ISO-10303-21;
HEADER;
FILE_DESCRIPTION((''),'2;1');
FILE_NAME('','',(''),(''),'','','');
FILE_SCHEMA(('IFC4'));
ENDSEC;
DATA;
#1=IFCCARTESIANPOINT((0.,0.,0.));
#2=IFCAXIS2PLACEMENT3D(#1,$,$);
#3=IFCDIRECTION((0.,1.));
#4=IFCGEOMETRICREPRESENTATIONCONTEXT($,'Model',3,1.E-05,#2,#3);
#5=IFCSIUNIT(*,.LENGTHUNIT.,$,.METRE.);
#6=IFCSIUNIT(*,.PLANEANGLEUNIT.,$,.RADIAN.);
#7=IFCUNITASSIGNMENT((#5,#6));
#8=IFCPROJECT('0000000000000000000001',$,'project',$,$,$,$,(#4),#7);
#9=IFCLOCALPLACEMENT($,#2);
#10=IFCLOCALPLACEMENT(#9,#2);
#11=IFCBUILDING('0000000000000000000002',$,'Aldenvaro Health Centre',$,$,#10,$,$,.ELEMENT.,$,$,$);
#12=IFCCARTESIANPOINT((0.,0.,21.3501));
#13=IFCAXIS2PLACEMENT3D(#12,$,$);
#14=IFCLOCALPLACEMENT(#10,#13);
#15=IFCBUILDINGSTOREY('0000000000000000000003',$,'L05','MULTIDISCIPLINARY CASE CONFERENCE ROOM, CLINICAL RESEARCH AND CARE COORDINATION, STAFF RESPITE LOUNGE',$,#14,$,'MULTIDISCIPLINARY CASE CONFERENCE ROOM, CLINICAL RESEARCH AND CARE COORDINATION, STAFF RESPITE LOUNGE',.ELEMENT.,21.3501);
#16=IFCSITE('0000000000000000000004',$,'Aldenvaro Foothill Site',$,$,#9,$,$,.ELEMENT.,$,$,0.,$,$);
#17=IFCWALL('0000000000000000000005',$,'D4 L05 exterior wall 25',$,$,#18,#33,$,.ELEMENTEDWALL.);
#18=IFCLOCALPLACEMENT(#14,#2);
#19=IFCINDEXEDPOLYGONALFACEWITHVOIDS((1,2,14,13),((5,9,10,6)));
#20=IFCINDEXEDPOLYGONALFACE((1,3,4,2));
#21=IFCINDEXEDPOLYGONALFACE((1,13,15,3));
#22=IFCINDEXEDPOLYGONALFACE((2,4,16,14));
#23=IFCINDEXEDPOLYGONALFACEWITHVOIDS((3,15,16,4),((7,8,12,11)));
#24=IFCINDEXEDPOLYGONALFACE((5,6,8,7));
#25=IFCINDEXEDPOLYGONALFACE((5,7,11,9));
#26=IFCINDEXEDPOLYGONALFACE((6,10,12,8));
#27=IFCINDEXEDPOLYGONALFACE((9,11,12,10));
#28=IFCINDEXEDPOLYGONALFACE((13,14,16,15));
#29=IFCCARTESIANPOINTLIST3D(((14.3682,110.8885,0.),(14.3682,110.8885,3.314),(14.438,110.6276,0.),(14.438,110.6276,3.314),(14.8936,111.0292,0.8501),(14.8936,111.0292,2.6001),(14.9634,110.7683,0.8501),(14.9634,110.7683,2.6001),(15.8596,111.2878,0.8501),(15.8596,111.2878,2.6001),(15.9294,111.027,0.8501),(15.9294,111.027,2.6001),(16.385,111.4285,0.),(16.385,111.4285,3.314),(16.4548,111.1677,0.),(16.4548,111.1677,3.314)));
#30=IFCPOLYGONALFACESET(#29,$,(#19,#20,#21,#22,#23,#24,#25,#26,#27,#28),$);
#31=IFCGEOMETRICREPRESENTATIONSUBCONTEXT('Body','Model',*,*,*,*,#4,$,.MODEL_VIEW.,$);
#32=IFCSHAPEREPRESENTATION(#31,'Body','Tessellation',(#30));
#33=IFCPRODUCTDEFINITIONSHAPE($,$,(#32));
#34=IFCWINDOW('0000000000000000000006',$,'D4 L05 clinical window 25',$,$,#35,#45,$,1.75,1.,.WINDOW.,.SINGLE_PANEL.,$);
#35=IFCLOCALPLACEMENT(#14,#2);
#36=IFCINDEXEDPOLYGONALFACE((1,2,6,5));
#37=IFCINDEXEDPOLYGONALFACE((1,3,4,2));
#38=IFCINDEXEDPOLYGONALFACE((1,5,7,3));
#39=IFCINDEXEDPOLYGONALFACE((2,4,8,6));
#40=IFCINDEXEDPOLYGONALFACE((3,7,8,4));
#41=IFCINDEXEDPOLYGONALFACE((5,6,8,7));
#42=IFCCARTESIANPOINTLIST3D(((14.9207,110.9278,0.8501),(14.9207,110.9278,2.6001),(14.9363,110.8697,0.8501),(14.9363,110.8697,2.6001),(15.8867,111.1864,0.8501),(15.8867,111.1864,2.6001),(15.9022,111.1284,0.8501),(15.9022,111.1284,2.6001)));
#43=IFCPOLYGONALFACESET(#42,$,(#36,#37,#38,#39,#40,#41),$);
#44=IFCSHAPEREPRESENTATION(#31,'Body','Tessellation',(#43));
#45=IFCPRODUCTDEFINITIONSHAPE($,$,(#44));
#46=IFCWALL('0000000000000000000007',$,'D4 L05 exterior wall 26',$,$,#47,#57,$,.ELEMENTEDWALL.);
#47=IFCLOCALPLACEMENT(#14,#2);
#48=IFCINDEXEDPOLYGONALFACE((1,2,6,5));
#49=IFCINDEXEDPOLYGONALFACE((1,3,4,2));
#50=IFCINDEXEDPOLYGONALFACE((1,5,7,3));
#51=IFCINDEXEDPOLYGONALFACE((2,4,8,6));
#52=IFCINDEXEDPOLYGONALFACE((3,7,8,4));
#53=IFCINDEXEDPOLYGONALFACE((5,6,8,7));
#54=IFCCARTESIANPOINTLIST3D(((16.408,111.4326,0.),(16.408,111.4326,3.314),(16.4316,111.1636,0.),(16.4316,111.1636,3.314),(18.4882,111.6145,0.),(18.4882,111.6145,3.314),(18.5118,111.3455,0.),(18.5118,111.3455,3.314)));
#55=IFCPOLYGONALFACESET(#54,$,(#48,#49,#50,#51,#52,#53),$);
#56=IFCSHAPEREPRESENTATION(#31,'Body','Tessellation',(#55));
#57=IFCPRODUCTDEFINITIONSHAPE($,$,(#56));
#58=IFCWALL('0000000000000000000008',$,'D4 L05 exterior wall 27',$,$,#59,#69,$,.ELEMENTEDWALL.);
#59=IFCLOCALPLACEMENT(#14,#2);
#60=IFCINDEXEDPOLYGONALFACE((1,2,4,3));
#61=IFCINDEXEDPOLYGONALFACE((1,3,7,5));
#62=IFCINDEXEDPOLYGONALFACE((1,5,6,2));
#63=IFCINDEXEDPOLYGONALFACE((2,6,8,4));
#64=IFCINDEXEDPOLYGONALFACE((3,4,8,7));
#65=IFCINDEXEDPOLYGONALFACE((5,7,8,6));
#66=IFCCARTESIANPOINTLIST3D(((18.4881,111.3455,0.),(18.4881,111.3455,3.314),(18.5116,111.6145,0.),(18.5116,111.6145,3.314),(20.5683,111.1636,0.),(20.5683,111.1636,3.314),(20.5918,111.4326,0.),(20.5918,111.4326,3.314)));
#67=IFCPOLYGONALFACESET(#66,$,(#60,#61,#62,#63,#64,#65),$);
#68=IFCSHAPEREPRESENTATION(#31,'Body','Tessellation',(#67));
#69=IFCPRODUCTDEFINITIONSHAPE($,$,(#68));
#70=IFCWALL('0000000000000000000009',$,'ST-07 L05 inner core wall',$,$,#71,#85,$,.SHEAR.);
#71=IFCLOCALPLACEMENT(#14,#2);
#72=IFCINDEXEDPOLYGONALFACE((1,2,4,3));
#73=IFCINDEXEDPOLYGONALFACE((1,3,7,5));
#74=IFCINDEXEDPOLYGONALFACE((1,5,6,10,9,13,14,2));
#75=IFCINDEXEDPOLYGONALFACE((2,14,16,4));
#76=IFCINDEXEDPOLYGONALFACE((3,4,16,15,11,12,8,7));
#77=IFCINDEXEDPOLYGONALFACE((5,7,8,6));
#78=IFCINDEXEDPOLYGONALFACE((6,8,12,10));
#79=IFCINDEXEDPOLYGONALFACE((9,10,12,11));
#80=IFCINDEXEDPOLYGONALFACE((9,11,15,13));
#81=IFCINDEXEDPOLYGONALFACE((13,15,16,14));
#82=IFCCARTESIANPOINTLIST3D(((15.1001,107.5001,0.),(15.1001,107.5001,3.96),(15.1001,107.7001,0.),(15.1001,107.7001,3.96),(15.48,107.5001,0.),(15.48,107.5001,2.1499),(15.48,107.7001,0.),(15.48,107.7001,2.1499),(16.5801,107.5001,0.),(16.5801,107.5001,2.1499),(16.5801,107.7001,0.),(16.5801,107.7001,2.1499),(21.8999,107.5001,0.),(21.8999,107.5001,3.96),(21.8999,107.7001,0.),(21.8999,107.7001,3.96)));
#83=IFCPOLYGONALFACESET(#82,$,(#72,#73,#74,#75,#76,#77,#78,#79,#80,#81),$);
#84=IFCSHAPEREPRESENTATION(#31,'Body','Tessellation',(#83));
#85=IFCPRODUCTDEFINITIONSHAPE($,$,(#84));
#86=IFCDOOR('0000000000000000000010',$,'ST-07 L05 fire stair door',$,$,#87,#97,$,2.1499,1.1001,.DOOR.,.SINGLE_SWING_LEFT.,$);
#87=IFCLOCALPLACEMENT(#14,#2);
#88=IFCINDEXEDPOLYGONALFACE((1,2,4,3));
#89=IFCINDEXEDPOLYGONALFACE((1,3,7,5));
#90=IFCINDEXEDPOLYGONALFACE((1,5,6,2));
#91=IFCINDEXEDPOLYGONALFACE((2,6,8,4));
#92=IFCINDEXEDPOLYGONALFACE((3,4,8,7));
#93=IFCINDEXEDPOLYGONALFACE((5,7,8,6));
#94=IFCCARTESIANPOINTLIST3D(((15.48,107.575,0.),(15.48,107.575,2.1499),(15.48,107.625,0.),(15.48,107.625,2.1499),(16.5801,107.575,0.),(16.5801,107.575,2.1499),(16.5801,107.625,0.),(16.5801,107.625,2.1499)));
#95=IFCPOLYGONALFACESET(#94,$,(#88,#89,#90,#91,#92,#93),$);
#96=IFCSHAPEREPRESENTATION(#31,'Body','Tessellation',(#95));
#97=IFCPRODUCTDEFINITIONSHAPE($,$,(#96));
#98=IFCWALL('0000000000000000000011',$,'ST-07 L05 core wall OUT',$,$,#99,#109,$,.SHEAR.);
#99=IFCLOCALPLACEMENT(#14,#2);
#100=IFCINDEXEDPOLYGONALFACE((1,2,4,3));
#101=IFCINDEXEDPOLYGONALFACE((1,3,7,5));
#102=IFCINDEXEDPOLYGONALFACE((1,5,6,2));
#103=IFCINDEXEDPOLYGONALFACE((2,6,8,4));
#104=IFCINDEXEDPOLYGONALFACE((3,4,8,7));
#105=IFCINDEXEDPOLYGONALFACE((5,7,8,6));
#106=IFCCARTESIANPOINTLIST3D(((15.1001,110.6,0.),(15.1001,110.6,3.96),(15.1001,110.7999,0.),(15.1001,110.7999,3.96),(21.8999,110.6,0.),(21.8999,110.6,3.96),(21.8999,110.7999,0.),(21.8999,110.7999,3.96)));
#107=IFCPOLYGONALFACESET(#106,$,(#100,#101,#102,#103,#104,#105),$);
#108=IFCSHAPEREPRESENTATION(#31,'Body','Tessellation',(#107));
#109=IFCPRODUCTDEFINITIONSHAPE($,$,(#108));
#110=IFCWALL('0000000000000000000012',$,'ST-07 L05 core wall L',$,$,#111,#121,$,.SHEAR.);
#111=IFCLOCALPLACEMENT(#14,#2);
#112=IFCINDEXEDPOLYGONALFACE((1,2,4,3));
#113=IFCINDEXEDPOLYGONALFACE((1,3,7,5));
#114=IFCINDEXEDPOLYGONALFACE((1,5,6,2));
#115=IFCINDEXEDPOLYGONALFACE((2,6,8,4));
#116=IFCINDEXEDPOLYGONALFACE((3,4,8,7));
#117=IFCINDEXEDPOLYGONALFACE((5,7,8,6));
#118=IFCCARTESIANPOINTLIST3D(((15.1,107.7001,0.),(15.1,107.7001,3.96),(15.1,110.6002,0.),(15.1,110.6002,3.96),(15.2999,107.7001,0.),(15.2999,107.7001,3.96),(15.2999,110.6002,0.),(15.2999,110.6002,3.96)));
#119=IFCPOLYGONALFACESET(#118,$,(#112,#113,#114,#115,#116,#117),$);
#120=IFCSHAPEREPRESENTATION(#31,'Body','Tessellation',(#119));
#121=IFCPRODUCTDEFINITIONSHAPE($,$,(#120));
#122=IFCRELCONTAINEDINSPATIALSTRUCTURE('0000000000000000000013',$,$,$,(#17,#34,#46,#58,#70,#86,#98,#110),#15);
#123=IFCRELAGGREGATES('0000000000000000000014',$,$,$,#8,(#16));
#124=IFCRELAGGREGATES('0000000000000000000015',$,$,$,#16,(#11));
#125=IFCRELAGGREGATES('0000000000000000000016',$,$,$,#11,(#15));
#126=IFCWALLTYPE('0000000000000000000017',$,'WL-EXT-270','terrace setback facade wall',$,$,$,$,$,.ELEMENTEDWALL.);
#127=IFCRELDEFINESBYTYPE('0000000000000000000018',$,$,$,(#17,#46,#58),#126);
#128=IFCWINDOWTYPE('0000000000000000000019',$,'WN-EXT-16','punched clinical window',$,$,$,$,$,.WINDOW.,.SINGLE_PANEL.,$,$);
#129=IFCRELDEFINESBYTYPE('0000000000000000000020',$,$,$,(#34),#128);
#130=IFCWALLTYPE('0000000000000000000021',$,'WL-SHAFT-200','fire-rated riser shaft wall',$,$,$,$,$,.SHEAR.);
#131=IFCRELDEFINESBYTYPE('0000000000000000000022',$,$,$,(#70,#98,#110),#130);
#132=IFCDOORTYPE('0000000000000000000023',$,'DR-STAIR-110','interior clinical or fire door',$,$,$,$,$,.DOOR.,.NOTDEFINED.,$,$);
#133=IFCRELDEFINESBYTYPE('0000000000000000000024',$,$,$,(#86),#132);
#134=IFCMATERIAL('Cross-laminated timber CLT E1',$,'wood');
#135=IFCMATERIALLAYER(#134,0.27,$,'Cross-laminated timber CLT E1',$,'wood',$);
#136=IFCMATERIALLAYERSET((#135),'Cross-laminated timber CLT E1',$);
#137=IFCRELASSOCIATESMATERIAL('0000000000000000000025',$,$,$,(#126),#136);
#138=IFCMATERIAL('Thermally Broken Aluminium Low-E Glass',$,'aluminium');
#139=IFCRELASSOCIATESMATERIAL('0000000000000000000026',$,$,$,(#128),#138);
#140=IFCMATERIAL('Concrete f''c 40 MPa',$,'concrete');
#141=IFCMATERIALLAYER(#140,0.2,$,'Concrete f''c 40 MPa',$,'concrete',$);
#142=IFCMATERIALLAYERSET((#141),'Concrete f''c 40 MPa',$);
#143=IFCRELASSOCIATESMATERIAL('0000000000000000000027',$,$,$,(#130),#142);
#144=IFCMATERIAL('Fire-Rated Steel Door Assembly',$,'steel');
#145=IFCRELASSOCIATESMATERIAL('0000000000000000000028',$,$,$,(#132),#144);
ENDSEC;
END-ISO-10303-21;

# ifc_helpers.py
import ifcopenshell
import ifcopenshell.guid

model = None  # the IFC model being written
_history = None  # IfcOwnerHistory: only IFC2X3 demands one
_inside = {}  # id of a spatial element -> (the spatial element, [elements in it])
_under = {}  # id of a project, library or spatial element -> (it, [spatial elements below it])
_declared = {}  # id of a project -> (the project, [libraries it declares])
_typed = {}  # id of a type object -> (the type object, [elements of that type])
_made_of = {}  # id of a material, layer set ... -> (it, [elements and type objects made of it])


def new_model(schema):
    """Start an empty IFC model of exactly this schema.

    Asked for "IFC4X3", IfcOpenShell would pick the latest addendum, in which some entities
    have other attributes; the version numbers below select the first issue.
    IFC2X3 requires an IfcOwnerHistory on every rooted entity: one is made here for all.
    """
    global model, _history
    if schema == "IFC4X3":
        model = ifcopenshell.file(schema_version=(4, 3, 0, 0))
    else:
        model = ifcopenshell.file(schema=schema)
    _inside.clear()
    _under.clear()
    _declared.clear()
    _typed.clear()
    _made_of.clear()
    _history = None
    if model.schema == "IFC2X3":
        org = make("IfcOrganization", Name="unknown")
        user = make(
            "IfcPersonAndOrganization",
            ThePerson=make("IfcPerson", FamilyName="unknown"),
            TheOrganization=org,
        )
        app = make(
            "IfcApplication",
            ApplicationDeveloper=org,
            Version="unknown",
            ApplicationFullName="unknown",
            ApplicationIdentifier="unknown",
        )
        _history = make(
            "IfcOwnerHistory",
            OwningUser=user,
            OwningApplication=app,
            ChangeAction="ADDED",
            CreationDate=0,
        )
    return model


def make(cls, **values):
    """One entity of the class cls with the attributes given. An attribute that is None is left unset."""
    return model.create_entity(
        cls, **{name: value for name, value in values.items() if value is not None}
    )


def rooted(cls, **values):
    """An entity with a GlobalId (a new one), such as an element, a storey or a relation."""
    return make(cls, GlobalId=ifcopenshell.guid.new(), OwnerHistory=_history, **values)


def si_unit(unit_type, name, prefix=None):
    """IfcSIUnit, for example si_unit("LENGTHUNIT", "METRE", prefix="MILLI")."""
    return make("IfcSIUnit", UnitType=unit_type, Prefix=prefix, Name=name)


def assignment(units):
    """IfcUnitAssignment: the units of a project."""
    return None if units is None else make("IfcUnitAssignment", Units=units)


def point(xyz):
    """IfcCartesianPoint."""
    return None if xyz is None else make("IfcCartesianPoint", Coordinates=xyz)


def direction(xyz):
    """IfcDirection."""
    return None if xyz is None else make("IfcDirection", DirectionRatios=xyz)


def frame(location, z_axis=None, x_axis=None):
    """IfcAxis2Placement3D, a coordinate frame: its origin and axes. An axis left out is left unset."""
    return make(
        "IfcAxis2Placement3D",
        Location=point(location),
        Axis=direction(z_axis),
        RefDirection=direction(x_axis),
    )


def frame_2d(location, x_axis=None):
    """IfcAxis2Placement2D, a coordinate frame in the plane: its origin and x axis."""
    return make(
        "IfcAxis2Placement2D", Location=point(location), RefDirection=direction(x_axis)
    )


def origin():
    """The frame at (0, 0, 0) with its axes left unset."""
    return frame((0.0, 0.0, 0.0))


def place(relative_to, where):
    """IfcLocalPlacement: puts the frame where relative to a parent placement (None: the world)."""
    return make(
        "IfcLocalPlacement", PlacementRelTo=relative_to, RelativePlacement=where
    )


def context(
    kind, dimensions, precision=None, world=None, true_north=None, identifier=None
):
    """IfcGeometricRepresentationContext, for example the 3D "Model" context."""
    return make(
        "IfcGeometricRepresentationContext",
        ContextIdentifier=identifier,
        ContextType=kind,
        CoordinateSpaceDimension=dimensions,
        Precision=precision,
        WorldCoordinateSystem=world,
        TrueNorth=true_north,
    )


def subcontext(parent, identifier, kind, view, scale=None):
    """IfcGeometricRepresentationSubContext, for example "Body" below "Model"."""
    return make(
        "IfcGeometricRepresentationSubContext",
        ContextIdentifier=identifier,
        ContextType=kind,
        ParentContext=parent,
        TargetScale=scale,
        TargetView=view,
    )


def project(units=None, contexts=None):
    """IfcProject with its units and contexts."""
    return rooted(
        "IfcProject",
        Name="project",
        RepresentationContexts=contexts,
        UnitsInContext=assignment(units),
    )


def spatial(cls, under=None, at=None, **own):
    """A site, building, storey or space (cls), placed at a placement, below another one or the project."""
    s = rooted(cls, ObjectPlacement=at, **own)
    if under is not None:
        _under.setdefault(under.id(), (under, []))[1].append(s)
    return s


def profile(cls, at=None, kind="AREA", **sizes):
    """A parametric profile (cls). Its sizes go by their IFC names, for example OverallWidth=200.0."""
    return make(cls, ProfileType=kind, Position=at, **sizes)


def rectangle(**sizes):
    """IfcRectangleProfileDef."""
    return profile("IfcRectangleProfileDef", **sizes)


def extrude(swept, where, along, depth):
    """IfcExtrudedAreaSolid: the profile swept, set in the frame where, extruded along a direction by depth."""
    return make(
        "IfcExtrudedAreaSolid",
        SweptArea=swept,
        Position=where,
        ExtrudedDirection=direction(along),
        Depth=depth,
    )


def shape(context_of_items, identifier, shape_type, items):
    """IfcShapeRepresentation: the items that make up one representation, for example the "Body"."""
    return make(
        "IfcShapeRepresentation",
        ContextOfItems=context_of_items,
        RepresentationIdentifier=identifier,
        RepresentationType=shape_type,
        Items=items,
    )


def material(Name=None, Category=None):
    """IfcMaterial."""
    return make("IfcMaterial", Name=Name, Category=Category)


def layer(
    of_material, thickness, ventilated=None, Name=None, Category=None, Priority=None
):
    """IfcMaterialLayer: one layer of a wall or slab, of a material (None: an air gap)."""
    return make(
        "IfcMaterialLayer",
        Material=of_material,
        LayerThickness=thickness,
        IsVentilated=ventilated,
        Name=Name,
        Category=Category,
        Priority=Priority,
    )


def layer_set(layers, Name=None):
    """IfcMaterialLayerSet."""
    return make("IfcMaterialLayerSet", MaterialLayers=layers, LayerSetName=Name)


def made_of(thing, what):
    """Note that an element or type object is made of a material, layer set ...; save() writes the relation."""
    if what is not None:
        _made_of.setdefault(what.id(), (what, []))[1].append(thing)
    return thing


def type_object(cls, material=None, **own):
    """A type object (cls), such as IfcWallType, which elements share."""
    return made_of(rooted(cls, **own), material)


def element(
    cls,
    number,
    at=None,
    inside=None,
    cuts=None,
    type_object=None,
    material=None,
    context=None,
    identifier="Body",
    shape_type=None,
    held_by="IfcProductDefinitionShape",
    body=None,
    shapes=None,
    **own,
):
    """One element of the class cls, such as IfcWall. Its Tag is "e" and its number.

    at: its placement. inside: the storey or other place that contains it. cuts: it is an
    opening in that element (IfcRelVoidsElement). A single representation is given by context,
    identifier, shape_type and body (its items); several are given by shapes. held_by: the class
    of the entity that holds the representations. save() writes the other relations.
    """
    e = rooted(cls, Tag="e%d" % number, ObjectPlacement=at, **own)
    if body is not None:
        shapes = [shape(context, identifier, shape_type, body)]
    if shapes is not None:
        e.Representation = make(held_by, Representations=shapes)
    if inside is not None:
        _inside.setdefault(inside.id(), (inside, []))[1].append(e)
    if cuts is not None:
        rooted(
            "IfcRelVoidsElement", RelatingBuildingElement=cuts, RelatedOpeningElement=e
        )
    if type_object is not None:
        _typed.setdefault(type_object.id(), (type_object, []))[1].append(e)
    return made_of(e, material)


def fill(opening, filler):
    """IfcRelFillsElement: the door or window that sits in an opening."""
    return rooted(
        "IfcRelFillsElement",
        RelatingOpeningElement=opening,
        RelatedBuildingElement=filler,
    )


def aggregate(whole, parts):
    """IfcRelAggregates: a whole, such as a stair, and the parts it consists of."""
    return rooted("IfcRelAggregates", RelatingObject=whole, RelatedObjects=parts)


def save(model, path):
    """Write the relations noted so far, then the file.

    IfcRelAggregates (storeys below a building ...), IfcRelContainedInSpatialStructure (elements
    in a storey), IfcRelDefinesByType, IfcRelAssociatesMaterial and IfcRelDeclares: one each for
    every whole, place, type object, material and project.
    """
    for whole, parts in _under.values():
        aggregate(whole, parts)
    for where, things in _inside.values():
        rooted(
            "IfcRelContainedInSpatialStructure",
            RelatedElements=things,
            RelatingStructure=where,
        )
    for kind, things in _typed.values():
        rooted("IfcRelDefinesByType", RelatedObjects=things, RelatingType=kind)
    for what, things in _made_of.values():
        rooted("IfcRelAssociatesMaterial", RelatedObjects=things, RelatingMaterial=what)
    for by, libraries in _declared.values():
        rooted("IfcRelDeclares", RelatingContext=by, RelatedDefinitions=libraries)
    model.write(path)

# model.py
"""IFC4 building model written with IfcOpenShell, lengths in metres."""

from ifc_helpers import new_model, si_unit, direction, frame, frame_2d, origin, place, context, subcontext, project, spatial, rectangle, extrude, material, layer, layer_set, type_object, element, fill, save


model = new_model("IFC4")

# Units and contexts
model_context = context("Model", 3, precision=1e-05, world=origin(), true_north=direction((0.0, 1.0)))
body_context = subcontext(model_context, "Body", "Model", "MODEL_VIEW")
ifc_project = project(units=[si_unit("LENGTHUNIT", "METRE"), si_unit("PLANEANGLEUNIT", "RADIAN")], contexts=[model_context])

# Site, building, storey
site_placement = place(None, origin())
site = spatial("IfcSite", under=ifc_project, at=site_placement, Name="Aldenvaro Foothill Site", CompositionType="ELEMENT", RefElevation=0.0)
building_placement = place(site_placement, origin())
building = spatial("IfcBuilding", under=site, at=building_placement, Name="Aldenvaro Health Centre", CompositionType="ELEMENT")
storey_placement = place(building_placement, frame((0.0, 0.0, 21.3501)))
storey = spatial("IfcBuildingStorey", under=building, at=storey_placement, Name="L05", Description="MULTIDISCIPLINARY CASE CONFERENCE ROOM, CLINICAL RESEARCH AND CARE COORDINATION, STAFF RESPITE LOUNGE", LongName="MULTIDISCIPLINARY CASE CONFERENCE ROOM, CLINICAL RESEARCH AND CARE COORDINATION, STAFF RESPITE LOUNGE", CompositionType="ELEMENT", Elevation=21.3501)

# Wall, opening, window
ifc_material_1 = material(Name="Cross-laminated timber CLT E1", Category="wood")
ifc_layer_1 = layer(ifc_material_1, 0.27, Name="Cross-laminated timber CLT E1", Category="wood")
ifc_layer_set_1 = layer_set([ifc_layer_1], Name="Cross-laminated timber CLT E1")
wall_type_1 = type_object("IfcWallType", Name="WL-EXT-270", Description="terrace setback facade wall", PredefinedType="ELEMENTEDWALL", material=ifc_layer_set_1)
wall_1_placement = place(storey_placement, frame((14.4031, 110.7581, 0.0), z_axis=(0.0, 0.0, 1.0), x_axis=(0.96597, 0.258652, 0.0)))
wall_1 = element("IfcWall", 1, at=wall_1_placement, inside=storey, type_object=wall_type_1, Name="D4 L05 exterior wall 25", PredefinedType="ELEMENTEDWALL", context=body_context, shape_type="SweptSolid", body=[
    extrude(rectangle(XDim=2.0879, YDim=0.27, at=frame_2d((1.0439, 0.0))), origin(), (0.0, 0.0, 1.0), 3.314),
])
opening_1_placement = place(wall_1_placement, frame((0.5439, 0.0, 0.8501)))
opening_1 = element("IfcOpeningElement", 2, at=opening_1_placement, cuts=wall_1, PredefinedType="OPENING", context=body_context, shape_type="SweptSolid", body=[
    extrude(rectangle(XDim=1.0, YDim=1.75, at=frame_2d((0.5, 0.875))), frame((0.0, 0.145, 0.0), z_axis=(0.0, -1.0, 0.0), x_axis=(1.0, 0.0, 0.0)), (0.0, 0.0, 1.0), 0.29),
])
ifc_material_2 = material(Name="Thermally Broken Aluminium Low-E Glass", Category="aluminium")
window_type = type_object("IfcWindowType", Name="WN-EXT-16", Description="punched clinical window", PartitioningType="SINGLE_PANEL", PredefinedType="WINDOW", material=ifc_material_2)
window_placement = place(opening_1_placement, origin())
window = element("IfcWindow", 3, at=window_placement, inside=storey, type_object=window_type, Name="D4 L05 clinical window 25", OverallHeight=1.75, OverallWidth=1.0, PartitioningType="SINGLE_PANEL", PredefinedType="WINDOW", context=body_context, shape_type="SweptSolid", body=[
    extrude(rectangle(XDim=1.0, YDim=1.75, at=frame_2d((0.5, 0.875))), frame((0.0, 0.03, 0.0), z_axis=(0.0, -1.0, 0.0), x_axis=(1.0, 0.0, 0.0)), (0.0, 0.0, 1.0), 0.0601),
])
fill(opening_1, window)

# Walls
for number, where, z_axis, x_axis, name in (
    (4, (16.4199, 111.2981, 0.0), (0.0, 0.0, 1.0), (0.996199, 0.087109, 0.0), "D4 L05 exterior wall 26"),
    (5, (18.5, 111.48, 0.0), (0.0, 0.0, 1.0), (0.996199, -0.087109, 0.0), "D4 L05 exterior wall 27"),
):
    element("IfcWall", number, at=place(storey_placement, frame(where, z_axis=z_axis, x_axis=x_axis)), inside=storey, type_object=wall_type_1, Name=name, PredefinedType="ELEMENTEDWALL", context=body_context, shape_type="SweptSolid", body=[
        extrude(rectangle(XDim=2.0881, YDim=0.27, at=frame_2d((1.0439, 0.0))), origin(), (0.0, 0.0, 1.0), 3.314),
    ])

# Wall, opening, door
ifc_material_3 = material(Name="Concrete f'c 40 MPa", Category="concrete")
ifc_layer_2 = layer(ifc_material_3, 0.2, Name="Concrete f'c 40 MPa", Category="concrete")
ifc_layer_set_2 = layer_set([ifc_layer_2], Name="Concrete f'c 40 MPa")
wall_type_2 = type_object("IfcWallType", Name="WL-SHAFT-200", Description="fire-rated riser shaft wall", PredefinedType="SHEAR", material=ifc_layer_set_2)
wall_2_placement = place(storey_placement, frame((15.1001, 107.6001, 0.0), z_axis=(0.0, 0.0, 1.0), x_axis=(1.0, 0.0, 0.0)))
wall_2 = element("IfcWall", 6, at=wall_2_placement, inside=storey, type_object=wall_type_2, Name="ST-07 L05 inner core wall", PredefinedType="SHEAR", context=body_context, shape_type="SweptSolid", body=[
    extrude(rectangle(XDim=6.7998, YDim=0.2, at=frame_2d((3.3999, 0.0))), origin(), (0.0, 0.0, 1.0), 3.96),
])
opening_2_placement = place(wall_2_placement, frame((0.3799, 0.0, 0.0)))
opening_2 = element("IfcOpeningElement", 7, at=opening_2_placement, cuts=wall_2, PredefinedType="OPENING", context=body_context, shape_type="SweptSolid", body=[
    extrude(rectangle(XDim=1.1001, YDim=2.1499, at=frame_2d((0.55, 1.075))), frame((0.0, 0.1099, 0.0), z_axis=(0.0, -1.0, 0.0), x_axis=(1.0, 0.0, 0.0)), (0.0, 0.0, 1.0), 0.22),
])
ifc_material_4 = material(Name="Fire-Rated Steel Door Assembly", Category="steel")
door_type_1 = type_object("IfcDoorType", Name="DR-STAIR-110", Description="interior clinical or fire door", OperationType="NOTDEFINED", PredefinedType="DOOR", material=ifc_material_4)
door_1_placement = place(opening_2_placement, origin())
door_1 = element("IfcDoor", 8, at=door_1_placement, inside=storey, type_object=door_type_1, Name="ST-07 L05 fire stair door", OperationType="SINGLE_SWING_LEFT", OverallHeight=2.1499, OverallWidth=1.1001, PredefinedType="DOOR", context=body_context, shape_type="SweptSolid", body=[
    extrude(rectangle(XDim=1.1001, YDim=2.1499, at=frame_2d((0.55, 1.075))), frame((0.0, 0.0249, 0.0), z_axis=(0.0, -1.0, 0.0), x_axis=(1.0, 0.0, 0.0)), (0.0, 0.0, 1.0), 0.05),
])
fill(opening_2, door_1)

# Walls
wall_3_placement = place(storey_placement, frame((15.1001, 110.7, 0.0), z_axis=(0.0, 0.0, 1.0), x_axis=(1.0, 0.0, 0.0)))
element("IfcWall", 9, at=wall_3_placement, inside=storey, type_object=wall_type_2, Name="ST-07 L05 core wall OUT", PredefinedType="SHEAR", context=body_context, shape_type="SweptSolid", body=[
    extrude(rectangle(XDim=6.7998, YDim=0.2, at=frame_2d((3.3999, 0.0))), origin(), (0.0, 0.0, 1.0), 3.96),
])
wall_4_placement = place(storey_placement, frame((15.2, 107.7, 0.0), z_axis=(0.0, 0.0, 1.0), x_axis=(0.0, 1.0, 0.0)))
element("IfcWall", 10, at=wall_4_placement, inside=storey, type_object=wall_type_2, Name="ST-07 L05 core wall L", PredefinedType="SHEAR", context=body_context, shape_type="SweptSolid", body=[
    extrude(rectangle(XDim=2.9001, YDim=0.2, at=frame_2d((1.4502, 0.0))), origin(), (0.0, 0.0, 1.0), 3.96),
])

save(model, "model.ifc")
